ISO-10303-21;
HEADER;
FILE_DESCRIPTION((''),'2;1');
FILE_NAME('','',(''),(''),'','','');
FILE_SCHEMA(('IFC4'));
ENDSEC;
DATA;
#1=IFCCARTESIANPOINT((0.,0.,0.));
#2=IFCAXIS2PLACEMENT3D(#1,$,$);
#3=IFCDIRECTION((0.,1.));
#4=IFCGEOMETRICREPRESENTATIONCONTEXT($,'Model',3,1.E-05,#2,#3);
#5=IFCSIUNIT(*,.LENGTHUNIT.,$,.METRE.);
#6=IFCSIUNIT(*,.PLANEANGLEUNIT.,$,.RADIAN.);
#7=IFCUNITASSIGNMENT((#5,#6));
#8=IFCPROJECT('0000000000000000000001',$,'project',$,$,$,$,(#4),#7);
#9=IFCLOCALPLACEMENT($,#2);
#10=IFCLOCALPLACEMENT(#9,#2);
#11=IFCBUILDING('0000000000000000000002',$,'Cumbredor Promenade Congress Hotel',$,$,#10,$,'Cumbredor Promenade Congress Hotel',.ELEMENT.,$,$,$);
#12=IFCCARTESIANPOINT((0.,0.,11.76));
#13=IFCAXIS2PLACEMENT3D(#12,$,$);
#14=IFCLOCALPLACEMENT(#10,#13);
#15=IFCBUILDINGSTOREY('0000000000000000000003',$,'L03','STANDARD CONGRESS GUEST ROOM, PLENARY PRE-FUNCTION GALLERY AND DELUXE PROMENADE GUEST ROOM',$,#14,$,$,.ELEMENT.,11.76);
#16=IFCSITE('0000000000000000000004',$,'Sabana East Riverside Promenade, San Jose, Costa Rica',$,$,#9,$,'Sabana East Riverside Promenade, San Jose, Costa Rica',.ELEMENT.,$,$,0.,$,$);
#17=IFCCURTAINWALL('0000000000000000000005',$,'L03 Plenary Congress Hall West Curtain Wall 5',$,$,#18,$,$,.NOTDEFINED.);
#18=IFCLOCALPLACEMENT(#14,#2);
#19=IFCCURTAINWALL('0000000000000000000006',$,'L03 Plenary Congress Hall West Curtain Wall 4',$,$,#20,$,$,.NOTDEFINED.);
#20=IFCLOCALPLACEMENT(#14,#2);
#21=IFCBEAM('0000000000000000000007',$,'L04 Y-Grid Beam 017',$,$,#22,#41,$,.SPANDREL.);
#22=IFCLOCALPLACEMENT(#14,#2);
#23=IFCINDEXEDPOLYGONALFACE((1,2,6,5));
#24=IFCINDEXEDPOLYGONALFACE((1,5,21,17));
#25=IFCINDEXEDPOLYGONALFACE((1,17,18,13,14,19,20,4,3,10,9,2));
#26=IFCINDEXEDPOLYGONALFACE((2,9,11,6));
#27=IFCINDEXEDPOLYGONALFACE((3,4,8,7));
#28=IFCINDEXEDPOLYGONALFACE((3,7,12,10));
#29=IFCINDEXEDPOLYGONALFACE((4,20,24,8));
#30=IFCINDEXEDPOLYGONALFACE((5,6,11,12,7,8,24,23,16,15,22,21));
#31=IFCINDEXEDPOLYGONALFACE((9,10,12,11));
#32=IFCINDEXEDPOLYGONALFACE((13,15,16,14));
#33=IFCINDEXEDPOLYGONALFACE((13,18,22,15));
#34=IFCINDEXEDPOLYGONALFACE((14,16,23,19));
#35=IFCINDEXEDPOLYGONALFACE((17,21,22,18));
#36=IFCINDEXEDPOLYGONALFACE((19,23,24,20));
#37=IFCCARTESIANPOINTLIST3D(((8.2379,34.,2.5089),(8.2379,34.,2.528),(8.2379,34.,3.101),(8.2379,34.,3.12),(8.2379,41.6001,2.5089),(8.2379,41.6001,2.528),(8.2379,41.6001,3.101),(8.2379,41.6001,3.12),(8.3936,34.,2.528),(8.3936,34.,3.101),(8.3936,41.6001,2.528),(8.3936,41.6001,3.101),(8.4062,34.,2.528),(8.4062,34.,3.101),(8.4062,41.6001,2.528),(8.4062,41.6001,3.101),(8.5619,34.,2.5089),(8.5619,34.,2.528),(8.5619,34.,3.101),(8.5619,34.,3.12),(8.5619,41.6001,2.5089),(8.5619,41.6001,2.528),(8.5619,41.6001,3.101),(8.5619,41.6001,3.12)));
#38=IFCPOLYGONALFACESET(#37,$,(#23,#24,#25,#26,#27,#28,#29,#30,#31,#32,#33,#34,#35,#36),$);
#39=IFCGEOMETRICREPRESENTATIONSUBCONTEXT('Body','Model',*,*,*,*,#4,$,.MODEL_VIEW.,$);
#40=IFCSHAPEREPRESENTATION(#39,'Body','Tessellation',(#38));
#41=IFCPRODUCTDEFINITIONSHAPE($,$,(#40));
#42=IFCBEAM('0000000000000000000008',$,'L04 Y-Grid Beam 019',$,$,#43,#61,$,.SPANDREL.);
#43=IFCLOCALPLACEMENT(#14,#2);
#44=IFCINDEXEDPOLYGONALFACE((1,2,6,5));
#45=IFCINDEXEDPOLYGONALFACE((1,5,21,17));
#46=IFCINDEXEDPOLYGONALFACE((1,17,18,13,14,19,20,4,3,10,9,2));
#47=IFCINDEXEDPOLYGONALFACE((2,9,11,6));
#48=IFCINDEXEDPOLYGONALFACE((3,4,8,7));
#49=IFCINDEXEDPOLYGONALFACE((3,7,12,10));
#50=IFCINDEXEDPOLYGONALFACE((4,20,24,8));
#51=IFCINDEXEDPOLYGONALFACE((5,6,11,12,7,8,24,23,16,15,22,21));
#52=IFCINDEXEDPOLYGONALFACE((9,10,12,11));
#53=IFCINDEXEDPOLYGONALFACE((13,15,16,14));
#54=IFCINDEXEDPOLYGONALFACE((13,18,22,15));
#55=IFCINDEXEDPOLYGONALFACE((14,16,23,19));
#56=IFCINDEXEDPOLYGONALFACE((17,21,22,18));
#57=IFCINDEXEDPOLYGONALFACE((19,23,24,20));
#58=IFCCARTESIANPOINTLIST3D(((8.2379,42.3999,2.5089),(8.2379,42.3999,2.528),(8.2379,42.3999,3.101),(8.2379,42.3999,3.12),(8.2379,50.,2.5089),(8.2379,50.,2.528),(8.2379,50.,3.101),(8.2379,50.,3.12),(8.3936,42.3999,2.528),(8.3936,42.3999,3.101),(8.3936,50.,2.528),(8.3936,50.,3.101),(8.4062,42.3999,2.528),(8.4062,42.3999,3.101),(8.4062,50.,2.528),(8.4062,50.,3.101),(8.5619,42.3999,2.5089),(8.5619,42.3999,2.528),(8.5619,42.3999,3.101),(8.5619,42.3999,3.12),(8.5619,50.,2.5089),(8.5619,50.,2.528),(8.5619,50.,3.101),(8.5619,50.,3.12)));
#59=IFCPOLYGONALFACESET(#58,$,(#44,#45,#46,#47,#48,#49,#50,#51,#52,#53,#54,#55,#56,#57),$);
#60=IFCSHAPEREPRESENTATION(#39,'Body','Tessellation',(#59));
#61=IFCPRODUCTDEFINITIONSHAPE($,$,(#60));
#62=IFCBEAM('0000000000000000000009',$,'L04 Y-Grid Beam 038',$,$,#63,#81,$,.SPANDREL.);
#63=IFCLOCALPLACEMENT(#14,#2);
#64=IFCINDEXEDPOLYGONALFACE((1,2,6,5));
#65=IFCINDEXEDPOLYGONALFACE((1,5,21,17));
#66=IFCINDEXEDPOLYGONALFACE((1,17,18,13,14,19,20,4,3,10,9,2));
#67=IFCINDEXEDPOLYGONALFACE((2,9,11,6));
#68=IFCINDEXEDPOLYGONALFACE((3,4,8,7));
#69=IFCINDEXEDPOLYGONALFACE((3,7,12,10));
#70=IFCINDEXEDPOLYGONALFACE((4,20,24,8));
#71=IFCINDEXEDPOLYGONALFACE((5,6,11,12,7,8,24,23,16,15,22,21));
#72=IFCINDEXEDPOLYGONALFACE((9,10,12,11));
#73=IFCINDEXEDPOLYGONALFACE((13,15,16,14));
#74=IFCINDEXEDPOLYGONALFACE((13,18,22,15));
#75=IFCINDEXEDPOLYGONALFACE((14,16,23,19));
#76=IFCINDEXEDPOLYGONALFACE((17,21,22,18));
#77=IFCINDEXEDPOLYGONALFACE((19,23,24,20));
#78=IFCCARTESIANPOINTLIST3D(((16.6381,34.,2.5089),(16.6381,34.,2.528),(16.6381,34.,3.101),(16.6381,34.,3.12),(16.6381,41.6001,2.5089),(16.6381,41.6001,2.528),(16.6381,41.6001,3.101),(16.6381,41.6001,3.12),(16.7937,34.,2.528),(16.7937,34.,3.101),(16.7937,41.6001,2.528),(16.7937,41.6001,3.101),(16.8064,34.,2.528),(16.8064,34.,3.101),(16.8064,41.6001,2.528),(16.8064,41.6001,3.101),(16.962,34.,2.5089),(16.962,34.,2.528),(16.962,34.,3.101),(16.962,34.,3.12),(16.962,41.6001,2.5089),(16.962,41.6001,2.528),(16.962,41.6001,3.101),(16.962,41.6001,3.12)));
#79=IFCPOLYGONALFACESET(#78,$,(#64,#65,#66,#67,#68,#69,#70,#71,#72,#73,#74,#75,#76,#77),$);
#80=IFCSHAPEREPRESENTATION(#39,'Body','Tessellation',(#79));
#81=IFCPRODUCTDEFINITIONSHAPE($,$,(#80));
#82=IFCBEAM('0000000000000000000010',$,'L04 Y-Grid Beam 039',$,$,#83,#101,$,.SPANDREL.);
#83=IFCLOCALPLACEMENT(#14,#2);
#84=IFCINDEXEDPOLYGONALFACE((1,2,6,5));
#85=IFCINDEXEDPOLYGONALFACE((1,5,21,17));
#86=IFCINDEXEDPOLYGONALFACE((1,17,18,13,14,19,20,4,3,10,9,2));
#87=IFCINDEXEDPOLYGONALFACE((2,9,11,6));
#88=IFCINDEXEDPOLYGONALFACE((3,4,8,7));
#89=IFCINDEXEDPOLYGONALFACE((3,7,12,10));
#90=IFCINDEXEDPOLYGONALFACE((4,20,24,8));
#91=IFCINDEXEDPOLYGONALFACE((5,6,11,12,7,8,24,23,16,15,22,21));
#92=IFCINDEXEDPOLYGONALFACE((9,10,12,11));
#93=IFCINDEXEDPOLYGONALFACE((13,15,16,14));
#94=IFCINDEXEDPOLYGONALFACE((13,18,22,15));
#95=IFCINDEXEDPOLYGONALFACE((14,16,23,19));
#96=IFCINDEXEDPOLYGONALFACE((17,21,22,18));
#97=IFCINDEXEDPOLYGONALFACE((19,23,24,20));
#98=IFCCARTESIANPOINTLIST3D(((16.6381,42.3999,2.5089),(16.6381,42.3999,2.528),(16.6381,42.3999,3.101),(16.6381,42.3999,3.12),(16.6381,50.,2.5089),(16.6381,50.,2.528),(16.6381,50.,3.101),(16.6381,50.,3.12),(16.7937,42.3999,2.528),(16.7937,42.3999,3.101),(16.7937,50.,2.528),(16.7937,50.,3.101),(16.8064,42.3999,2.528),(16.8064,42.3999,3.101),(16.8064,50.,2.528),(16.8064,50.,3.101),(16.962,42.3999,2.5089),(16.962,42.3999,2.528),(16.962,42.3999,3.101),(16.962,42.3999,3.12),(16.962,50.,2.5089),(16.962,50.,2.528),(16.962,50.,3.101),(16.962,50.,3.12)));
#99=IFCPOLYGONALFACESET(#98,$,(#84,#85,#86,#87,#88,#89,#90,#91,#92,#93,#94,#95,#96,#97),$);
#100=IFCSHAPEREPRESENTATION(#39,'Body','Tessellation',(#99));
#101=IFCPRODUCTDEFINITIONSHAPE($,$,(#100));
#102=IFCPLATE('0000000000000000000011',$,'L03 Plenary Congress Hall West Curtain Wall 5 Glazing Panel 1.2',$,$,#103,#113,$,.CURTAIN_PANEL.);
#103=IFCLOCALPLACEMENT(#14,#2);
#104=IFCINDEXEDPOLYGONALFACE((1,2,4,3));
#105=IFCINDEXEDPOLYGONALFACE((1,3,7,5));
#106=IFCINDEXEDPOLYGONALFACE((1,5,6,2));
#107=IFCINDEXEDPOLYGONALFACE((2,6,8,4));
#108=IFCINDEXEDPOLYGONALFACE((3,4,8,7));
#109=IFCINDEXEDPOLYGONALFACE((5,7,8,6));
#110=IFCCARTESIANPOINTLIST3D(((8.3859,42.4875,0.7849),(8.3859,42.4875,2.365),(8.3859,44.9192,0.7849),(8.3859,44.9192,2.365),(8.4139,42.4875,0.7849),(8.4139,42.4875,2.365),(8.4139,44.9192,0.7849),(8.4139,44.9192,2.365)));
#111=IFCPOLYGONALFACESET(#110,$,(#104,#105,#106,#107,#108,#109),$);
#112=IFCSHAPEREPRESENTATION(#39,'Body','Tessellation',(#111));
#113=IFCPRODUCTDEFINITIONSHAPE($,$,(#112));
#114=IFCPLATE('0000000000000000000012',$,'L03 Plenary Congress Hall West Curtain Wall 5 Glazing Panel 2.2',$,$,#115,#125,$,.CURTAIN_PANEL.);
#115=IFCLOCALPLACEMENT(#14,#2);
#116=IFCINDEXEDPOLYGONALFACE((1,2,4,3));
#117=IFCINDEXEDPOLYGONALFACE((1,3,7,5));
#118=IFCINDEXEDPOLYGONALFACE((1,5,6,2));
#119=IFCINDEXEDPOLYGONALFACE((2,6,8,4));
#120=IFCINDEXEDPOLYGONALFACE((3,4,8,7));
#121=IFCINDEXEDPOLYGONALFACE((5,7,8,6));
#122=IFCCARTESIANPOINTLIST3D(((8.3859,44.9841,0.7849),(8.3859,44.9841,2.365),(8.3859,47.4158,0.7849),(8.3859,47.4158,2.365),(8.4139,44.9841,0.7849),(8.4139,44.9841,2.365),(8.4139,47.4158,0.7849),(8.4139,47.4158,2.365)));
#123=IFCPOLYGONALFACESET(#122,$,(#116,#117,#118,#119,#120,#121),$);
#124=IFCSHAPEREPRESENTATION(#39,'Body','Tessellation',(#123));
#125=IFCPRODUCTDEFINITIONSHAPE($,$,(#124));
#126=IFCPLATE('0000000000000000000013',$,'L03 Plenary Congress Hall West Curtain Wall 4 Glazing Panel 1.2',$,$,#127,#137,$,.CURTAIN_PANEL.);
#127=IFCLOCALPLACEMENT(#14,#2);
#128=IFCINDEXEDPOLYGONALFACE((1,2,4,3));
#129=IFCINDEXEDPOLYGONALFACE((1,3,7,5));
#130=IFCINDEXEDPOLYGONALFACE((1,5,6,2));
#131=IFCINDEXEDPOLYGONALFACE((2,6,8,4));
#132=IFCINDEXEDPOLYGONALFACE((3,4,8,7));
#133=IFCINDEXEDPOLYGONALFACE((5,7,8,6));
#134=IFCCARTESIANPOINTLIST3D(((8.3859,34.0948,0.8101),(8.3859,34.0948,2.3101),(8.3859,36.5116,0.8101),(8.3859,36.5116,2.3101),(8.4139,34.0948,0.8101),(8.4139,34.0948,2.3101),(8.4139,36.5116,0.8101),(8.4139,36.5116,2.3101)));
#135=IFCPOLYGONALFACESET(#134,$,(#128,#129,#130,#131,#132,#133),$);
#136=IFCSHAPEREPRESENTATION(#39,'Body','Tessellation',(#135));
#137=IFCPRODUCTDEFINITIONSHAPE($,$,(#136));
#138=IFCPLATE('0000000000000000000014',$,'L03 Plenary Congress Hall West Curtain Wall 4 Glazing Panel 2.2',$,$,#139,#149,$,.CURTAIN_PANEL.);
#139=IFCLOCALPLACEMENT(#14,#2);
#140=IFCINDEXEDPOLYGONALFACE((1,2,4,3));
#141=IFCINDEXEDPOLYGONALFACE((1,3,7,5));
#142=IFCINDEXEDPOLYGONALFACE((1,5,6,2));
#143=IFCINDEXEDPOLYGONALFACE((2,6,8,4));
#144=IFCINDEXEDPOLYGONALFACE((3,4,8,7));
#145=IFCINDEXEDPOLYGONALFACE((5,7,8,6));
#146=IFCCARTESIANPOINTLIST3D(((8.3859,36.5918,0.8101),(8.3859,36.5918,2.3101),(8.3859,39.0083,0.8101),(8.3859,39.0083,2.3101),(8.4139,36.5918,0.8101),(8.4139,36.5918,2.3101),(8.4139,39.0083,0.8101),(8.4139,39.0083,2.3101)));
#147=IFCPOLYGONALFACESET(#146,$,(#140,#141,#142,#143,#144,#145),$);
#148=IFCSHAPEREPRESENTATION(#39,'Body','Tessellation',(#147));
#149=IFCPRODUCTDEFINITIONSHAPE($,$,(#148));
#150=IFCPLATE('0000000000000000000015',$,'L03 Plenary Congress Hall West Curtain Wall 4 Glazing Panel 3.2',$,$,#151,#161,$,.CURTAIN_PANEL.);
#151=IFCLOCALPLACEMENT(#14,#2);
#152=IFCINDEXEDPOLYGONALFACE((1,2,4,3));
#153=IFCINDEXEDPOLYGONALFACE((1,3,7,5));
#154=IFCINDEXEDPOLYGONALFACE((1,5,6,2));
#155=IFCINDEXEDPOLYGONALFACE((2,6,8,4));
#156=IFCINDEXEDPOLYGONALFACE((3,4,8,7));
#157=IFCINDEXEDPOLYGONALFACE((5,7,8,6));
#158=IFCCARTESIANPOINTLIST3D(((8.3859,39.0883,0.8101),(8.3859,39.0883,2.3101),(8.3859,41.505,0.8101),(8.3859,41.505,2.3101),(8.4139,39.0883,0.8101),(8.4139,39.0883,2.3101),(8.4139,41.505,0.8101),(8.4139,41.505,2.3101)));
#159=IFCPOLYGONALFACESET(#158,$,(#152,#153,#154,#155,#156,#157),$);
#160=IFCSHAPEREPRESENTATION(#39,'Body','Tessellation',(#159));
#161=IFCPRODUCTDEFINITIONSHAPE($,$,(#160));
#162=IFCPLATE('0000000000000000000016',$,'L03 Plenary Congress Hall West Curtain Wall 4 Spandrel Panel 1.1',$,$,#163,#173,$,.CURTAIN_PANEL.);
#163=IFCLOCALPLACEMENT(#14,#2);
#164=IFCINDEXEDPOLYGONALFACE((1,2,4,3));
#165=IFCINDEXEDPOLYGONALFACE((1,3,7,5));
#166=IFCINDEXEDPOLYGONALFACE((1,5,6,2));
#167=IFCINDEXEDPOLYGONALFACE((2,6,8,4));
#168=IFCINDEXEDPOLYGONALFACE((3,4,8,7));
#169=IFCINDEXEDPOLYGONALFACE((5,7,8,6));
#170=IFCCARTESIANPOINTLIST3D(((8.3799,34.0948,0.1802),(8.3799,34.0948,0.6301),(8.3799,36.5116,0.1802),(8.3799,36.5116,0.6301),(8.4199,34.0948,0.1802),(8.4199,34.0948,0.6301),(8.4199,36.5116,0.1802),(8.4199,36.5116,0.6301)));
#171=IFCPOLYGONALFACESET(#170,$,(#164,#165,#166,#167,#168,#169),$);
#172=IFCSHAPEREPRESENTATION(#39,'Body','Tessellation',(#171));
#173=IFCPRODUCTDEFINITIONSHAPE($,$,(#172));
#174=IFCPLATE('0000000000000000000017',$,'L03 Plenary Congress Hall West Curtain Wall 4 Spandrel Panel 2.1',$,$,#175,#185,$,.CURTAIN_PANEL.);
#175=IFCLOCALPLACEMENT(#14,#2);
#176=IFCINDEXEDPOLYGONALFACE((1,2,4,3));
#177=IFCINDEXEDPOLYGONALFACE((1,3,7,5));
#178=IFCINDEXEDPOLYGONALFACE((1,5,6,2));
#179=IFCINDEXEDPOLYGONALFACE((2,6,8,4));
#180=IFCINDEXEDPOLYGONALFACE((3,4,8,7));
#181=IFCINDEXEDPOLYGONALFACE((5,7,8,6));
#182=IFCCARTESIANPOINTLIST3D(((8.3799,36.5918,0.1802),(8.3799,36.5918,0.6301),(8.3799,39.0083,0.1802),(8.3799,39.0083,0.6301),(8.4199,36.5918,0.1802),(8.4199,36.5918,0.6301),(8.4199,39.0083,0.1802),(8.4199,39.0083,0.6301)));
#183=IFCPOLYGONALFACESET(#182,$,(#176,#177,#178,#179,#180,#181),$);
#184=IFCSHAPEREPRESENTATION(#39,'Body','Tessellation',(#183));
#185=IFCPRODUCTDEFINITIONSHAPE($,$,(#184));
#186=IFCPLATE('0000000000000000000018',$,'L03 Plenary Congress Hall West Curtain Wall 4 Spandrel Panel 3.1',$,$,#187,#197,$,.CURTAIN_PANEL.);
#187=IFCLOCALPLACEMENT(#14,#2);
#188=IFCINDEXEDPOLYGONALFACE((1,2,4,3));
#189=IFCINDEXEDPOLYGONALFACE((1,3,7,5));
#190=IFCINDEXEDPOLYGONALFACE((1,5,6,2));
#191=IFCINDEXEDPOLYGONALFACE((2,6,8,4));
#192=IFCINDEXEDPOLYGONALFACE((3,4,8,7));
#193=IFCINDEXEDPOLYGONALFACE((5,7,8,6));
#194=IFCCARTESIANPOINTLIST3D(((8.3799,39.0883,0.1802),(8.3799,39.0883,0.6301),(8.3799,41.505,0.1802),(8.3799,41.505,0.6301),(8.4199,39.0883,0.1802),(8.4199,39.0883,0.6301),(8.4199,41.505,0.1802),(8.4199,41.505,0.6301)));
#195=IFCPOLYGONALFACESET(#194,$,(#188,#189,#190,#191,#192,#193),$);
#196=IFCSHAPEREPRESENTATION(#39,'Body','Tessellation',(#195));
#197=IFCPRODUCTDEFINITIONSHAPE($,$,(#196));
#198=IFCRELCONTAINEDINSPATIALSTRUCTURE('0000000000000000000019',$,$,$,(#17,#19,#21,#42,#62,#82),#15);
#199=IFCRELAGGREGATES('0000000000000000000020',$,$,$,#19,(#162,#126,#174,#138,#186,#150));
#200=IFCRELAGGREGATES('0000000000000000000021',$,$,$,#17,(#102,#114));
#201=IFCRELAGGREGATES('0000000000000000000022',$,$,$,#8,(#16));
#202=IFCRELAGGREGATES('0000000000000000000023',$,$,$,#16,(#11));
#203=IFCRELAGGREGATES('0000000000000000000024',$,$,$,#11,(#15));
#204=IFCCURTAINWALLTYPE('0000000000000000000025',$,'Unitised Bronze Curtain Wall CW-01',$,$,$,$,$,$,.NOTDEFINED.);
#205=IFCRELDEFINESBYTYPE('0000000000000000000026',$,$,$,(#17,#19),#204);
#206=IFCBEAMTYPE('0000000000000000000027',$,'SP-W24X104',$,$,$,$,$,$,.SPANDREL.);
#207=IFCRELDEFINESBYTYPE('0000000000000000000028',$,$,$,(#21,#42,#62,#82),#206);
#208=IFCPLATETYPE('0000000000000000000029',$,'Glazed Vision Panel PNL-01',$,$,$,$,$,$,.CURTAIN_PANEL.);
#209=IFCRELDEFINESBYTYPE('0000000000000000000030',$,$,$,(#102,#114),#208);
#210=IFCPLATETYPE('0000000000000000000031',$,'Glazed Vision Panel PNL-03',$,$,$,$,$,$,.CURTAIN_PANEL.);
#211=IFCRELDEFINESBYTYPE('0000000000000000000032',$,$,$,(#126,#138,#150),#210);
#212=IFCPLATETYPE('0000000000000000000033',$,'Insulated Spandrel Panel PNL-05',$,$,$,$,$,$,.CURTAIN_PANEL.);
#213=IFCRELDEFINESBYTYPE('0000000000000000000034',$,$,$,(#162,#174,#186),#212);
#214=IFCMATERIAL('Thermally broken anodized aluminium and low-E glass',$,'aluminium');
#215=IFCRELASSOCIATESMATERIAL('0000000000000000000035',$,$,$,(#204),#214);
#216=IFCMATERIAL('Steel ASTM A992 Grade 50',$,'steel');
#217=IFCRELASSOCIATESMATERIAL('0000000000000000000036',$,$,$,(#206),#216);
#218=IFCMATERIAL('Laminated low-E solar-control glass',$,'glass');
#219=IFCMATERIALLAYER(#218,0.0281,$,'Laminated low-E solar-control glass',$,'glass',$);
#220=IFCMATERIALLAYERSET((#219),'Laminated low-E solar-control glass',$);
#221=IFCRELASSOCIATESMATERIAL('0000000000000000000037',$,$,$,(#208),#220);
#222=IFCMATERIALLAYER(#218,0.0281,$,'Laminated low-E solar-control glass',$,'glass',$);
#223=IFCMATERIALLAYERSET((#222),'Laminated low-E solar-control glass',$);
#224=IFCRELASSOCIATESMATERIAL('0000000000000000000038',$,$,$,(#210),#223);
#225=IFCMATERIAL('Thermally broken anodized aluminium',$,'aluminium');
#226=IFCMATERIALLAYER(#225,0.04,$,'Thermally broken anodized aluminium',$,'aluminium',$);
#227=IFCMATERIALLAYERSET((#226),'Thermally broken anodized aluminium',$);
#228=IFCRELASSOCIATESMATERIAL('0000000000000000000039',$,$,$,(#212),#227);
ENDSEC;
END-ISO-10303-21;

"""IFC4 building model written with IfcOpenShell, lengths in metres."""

from ifc_helpers import new_model, si_unit, direction, frame, origin, origin_2d, place, context, subcontext, project, spatial, rectangle, i_section, extrude, material, layer, layer_set, material_profile, profile_set, type_object, element, aggregate, save


model = new_model("IFC4")

# Units and contexts
model_context = context("Model", 3, precision=1e-05, world=origin(), true_north=direction((0.0, 1.0)))
body_context = subcontext(model_context, "Body", "Model", "MODEL_VIEW")
ifc_project = project(units=[si_unit("LENGTHUNIT", "METRE"), si_unit("PLANEANGLEUNIT", "RADIAN")], contexts=[model_context])

# Site, building, storey
site_placement = place(None, origin())
site = spatial("IfcSite", under=ifc_project, at=site_placement, Name="Sabana East Riverside Promenade, San Jose, Costa Rica", LongName="Sabana East Riverside Promenade, San Jose, Costa Rica", CompositionType="ELEMENT", RefElevation=0.0)
building_placement = place(site_placement, origin())
building = spatial("IfcBuilding", under=site, at=building_placement, Name="Cumbredor Promenade Congress Hotel", LongName="Cumbredor Promenade Congress Hotel", CompositionType="ELEMENT")
storey_placement = place(building_placement, frame((0.0, 0.0, 11.76)))
storey = spatial("IfcBuildingStorey", under=building, at=storey_placement, Name="L03", Description="STANDARD CONGRESS GUEST ROOM, PLENARY PRE-FUNCTION GALLERY AND DELUXE PROMENADE GUEST ROOM", CompositionType="ELEMENT", Elevation=11.76)

# Curtain walls
ifc_material_1 = material(Name="Thermally broken anodized aluminium and low-E glass", Category="aluminium")
curtain_wall_type = type_object("IfcCurtainWallType", Name="Unitised Bronze Curtain Wall CW-01", PredefinedType="NOTDEFINED", material=ifc_material_1)
curtain_wall_1_placement = place(storey_placement, origin())
curtain_wall_1 = element("IfcCurtainWall", 1, at=curtain_wall_1_placement, inside=storey, type_object=curtain_wall_type, Name="L03 Plenary Congress Hall West Curtain Wall 5", PredefinedType="NOTDEFINED")
ifc_material_2 = material(Name="Thermally broken anodized aluminium", Category="aluminium")
curtain_wall_2_placement = place(storey_placement, origin())
curtain_wall_2 = element("IfcCurtainWall", 2, at=curtain_wall_2_placement, inside=storey, type_object=curtain_wall_type, Name="L03 Plenary Congress Hall West Curtain Wall 4", PredefinedType="NOTDEFINED")

# Beams
ifc_material_3 = material(Name="Steel ASTM A992 Grade 50", Category="steel")
ifc_material_profile_1 = material_profile(ifc_material_3, i_section(OverallWidth=0.324, OverallDepth=0.6111, WebThickness=0.0127, FlangeThickness=0.019, at=origin_2d()), Name="W24X104")
ifc_profile_set_1 = profile_set([ifc_material_profile_1], Name="Steel ASTM A992 Grade 50")
beam_type_1 = type_object("IfcBeamType", Name="SP-W24X104", PredefinedType="SPANDREL", material=ifc_profile_set_1)
for number, where, z_axis, x_axis, name in (
    (3, (8.3999, 34.0, 2.8145), (0.0, 1.0, 0.0), (-1.0, 0.0, 0.0), "L04 Y-Grid Beam 017"),
    (4, (8.3999, 42.3999, 2.8145), (0.0, 1.0, 0.0), (-1.0, 0.0, 0.0), "L04 Y-Grid Beam 019"),
    (5, (16.8, 34.0, 2.8145), (0.0, 1.0, 0.0), (-1.0, 0.0, 0.0), "L04 Y-Grid Beam 038"),
    (6, (16.8, 42.3999, 2.8145), (0.0, 1.0, 0.0), (-1.0, 0.0, 0.0), "L04 Y-Grid Beam 039"),
):
    element("IfcBeam", number, at=place(storey_placement, frame(where, z_axis=z_axis, x_axis=x_axis)), inside=storey, type_object=beam_type_1, Name=name, PredefinedType="SPANDREL", context=body_context, shape_type="SweptSolid", body=[
        extrude(i_section(OverallWidth=0.324, OverallDepth=0.6111, WebThickness=0.0127, FlangeThickness=0.019, at=origin_2d()), origin(), (0.0, 0.0, 1.0), 7.6001),
    ])

# Plates
ifc_material_4 = material(Name="Laminated low-E solar-control glass", Category="glass")
ifc_layer_1 = layer(ifc_material_4, 0.0281, Name="Laminated low-E solar-control glass", Category="glass")
ifc_layer_set_1 = layer_set([ifc_layer_1], Name="Laminated low-E solar-control glass")
plate_type_1 = type_object("IfcPlateType", Name="Glazed Vision Panel PNL-01", PredefinedType="CURTAIN_PANEL", material=ifc_layer_set_1)
plate_1_placement = place(storey_placement, frame((8.3999, 43.7034, 0.7849), z_axis=(0.0, 0.0, 1.0), x_axis=(0.0, 1.0, 0.0)))
plate_1 = element("IfcPlate", 7, at=plate_1_placement, type_object=plate_type_1, Name="L03 Plenary Congress Hall West Curtain Wall 5 Glazing Panel 1.2", PredefinedType="CURTAIN_PANEL", context=body_context, shape_type="SweptSolid", body=[
    extrude(rectangle(XDim=2.4316, YDim=0.0281, at=origin_2d()), origin(), (0.0, 0.0, 1.0), 1.5801),
])
plate_2_placement = place(storey_placement, frame((8.3999, 46.2, 0.7849), z_axis=(0.0, 0.0, 1.0), x_axis=(0.0, 1.0, 0.0)))
plate_2 = element("IfcPlate", 8, at=plate_2_placement, type_object=plate_type_1, Name="L03 Plenary Congress Hall West Curtain Wall 5 Glazing Panel 2.2", PredefinedType="CURTAIN_PANEL", context=body_context, shape_type="SweptSolid", body=[
    extrude(rectangle(XDim=2.4316, YDim=0.0281, at=origin_2d()), origin(), (0.0, 0.0, 1.0), 1.5801),
])
ifc_layer_2 = layer(ifc_material_4, 0.0281, Name="Laminated low-E solar-control glass", Category="glass")
ifc_layer_set_2 = layer_set([ifc_layer_2], Name="Laminated low-E solar-control glass")
plate_type_2 = type_object("IfcPlateType", Name="Glazed Vision Panel PNL-03", PredefinedType="CURTAIN_PANEL", material=ifc_layer_set_2)
plate_3_placement = place(storey_placement, frame((8.3999, 35.3032, 0.8101), z_axis=(0.0, 0.0, 1.0), x_axis=(0.0, 1.0, 0.0)))
plate_3 = element("IfcPlate", 9, at=plate_3_placement, type_object=plate_type_2, Name="L03 Plenary Congress Hall West Curtain Wall 4 Glazing Panel 1.2", PredefinedType="CURTAIN_PANEL", context=body_context, shape_type="SweptSolid", body=[
    extrude(rectangle(XDim=2.4167, YDim=0.0281, at=origin_2d()), origin(), (0.0, 0.0, 1.0), 1.5),
])
plate_4_placement = place(storey_placement, frame((8.3999, 37.8, 0.8101), z_axis=(0.0, 0.0, 1.0), x_axis=(0.0, 1.0, 0.0)))
plate_4 = element("IfcPlate", 10, at=plate_4_placement, type_object=plate_type_2, Name="L03 Plenary Congress Hall West Curtain Wall 4 Glazing Panel 2.2", PredefinedType="CURTAIN_PANEL", context=body_context, shape_type="SweptSolid", body=[
    extrude(rectangle(XDim=2.4165, YDim=0.0281, at=origin_2d()), origin(), (0.0, 0.0, 1.0), 1.5),
])
plate_5_placement = place(storey_placement, frame((8.3999, 40.2966, 0.8101), z_axis=(0.0, 0.0, 1.0), x_axis=(0.0, 1.0, 0.0)))
plate_5 = element("IfcPlate", 11, at=plate_5_placement, type_object=plate_type_2, Name="L03 Plenary Congress Hall West Curtain Wall 4 Glazing Panel 3.2", PredefinedType="CURTAIN_PANEL", context=body_context, shape_type="SweptSolid", body=[
    extrude(rectangle(XDim=2.4167, YDim=0.0281, at=origin_2d()), origin(), (0.0, 0.0, 1.0), 1.5),
])
ifc_layer_3 = layer(ifc_material_2, 0.04, Name="Thermally broken anodized aluminium", Category="aluminium")
ifc_layer_set_3 = layer_set([ifc_layer_3], Name="Thermally broken anodized aluminium")
plate_type_3 = type_object("IfcPlateType", Name="Insulated Spandrel Panel PNL-05", PredefinedType="CURTAIN_PANEL", material=ifc_layer_set_3)
plate_6_placement = place(storey_placement, frame((8.3999, 35.3032, 0.1802), z_axis=(0.0, 0.0, 1.0), x_axis=(0.0, 1.0, 0.0)))
plate_6 = element("IfcPlate", 12, at=plate_6_placement, type_object=plate_type_3, Name="L03 Plenary Congress Hall West Curtain Wall 4 Spandrel Panel 1.1", PredefinedType="CURTAIN_PANEL", context=body_context, shape_type="SweptSolid", body=[
    extrude(rectangle(XDim=2.4167, YDim=0.04, at=origin_2d()), origin(), (0.0, 0.0, 1.0), 0.45),
])
plate_7_placement = place(storey_placement, frame((8.3999, 37.8, 0.1802), z_axis=(0.0, 0.0, 1.0), x_axis=(0.0, 1.0, 0.0)))
plate_7 = element("IfcPlate", 13, at=plate_7_placement, type_object=plate_type_3, Name="L03 Plenary Congress Hall West Curtain Wall 4 Spandrel Panel 2.1", PredefinedType="CURTAIN_PANEL", context=body_context, shape_type="SweptSolid", body=[
    extrude(rectangle(XDim=2.4165, YDim=0.04, at=origin_2d()), origin(), (0.0, 0.0, 1.0), 0.45),
])
plate_8_placement = place(storey_placement, frame((8.3999, 40.2966, 0.1802), z_axis=(0.0, 0.0, 1.0), x_axis=(0.0, 1.0, 0.0)))
plate_8 = element("IfcPlate", 14, at=plate_8_placement, type_object=plate_type_3, Name="L03 Plenary Congress Hall West Curtain Wall 4 Spandrel Panel 3.1", PredefinedType="CURTAIN_PANEL", context=body_context, shape_type="SweptSolid", body=[
    extrude(rectangle(XDim=2.4167, YDim=0.04, at=origin_2d()), origin(), (0.0, 0.0, 1.0), 0.45),
])
aggregate(curtain_wall_2, [plate_6, plate_3, plate_7, plate_4, plate_8, plate_5])
aggregate(curtain_wall_1, [plate_1, plate_2])

save(model, "model.ifc")
